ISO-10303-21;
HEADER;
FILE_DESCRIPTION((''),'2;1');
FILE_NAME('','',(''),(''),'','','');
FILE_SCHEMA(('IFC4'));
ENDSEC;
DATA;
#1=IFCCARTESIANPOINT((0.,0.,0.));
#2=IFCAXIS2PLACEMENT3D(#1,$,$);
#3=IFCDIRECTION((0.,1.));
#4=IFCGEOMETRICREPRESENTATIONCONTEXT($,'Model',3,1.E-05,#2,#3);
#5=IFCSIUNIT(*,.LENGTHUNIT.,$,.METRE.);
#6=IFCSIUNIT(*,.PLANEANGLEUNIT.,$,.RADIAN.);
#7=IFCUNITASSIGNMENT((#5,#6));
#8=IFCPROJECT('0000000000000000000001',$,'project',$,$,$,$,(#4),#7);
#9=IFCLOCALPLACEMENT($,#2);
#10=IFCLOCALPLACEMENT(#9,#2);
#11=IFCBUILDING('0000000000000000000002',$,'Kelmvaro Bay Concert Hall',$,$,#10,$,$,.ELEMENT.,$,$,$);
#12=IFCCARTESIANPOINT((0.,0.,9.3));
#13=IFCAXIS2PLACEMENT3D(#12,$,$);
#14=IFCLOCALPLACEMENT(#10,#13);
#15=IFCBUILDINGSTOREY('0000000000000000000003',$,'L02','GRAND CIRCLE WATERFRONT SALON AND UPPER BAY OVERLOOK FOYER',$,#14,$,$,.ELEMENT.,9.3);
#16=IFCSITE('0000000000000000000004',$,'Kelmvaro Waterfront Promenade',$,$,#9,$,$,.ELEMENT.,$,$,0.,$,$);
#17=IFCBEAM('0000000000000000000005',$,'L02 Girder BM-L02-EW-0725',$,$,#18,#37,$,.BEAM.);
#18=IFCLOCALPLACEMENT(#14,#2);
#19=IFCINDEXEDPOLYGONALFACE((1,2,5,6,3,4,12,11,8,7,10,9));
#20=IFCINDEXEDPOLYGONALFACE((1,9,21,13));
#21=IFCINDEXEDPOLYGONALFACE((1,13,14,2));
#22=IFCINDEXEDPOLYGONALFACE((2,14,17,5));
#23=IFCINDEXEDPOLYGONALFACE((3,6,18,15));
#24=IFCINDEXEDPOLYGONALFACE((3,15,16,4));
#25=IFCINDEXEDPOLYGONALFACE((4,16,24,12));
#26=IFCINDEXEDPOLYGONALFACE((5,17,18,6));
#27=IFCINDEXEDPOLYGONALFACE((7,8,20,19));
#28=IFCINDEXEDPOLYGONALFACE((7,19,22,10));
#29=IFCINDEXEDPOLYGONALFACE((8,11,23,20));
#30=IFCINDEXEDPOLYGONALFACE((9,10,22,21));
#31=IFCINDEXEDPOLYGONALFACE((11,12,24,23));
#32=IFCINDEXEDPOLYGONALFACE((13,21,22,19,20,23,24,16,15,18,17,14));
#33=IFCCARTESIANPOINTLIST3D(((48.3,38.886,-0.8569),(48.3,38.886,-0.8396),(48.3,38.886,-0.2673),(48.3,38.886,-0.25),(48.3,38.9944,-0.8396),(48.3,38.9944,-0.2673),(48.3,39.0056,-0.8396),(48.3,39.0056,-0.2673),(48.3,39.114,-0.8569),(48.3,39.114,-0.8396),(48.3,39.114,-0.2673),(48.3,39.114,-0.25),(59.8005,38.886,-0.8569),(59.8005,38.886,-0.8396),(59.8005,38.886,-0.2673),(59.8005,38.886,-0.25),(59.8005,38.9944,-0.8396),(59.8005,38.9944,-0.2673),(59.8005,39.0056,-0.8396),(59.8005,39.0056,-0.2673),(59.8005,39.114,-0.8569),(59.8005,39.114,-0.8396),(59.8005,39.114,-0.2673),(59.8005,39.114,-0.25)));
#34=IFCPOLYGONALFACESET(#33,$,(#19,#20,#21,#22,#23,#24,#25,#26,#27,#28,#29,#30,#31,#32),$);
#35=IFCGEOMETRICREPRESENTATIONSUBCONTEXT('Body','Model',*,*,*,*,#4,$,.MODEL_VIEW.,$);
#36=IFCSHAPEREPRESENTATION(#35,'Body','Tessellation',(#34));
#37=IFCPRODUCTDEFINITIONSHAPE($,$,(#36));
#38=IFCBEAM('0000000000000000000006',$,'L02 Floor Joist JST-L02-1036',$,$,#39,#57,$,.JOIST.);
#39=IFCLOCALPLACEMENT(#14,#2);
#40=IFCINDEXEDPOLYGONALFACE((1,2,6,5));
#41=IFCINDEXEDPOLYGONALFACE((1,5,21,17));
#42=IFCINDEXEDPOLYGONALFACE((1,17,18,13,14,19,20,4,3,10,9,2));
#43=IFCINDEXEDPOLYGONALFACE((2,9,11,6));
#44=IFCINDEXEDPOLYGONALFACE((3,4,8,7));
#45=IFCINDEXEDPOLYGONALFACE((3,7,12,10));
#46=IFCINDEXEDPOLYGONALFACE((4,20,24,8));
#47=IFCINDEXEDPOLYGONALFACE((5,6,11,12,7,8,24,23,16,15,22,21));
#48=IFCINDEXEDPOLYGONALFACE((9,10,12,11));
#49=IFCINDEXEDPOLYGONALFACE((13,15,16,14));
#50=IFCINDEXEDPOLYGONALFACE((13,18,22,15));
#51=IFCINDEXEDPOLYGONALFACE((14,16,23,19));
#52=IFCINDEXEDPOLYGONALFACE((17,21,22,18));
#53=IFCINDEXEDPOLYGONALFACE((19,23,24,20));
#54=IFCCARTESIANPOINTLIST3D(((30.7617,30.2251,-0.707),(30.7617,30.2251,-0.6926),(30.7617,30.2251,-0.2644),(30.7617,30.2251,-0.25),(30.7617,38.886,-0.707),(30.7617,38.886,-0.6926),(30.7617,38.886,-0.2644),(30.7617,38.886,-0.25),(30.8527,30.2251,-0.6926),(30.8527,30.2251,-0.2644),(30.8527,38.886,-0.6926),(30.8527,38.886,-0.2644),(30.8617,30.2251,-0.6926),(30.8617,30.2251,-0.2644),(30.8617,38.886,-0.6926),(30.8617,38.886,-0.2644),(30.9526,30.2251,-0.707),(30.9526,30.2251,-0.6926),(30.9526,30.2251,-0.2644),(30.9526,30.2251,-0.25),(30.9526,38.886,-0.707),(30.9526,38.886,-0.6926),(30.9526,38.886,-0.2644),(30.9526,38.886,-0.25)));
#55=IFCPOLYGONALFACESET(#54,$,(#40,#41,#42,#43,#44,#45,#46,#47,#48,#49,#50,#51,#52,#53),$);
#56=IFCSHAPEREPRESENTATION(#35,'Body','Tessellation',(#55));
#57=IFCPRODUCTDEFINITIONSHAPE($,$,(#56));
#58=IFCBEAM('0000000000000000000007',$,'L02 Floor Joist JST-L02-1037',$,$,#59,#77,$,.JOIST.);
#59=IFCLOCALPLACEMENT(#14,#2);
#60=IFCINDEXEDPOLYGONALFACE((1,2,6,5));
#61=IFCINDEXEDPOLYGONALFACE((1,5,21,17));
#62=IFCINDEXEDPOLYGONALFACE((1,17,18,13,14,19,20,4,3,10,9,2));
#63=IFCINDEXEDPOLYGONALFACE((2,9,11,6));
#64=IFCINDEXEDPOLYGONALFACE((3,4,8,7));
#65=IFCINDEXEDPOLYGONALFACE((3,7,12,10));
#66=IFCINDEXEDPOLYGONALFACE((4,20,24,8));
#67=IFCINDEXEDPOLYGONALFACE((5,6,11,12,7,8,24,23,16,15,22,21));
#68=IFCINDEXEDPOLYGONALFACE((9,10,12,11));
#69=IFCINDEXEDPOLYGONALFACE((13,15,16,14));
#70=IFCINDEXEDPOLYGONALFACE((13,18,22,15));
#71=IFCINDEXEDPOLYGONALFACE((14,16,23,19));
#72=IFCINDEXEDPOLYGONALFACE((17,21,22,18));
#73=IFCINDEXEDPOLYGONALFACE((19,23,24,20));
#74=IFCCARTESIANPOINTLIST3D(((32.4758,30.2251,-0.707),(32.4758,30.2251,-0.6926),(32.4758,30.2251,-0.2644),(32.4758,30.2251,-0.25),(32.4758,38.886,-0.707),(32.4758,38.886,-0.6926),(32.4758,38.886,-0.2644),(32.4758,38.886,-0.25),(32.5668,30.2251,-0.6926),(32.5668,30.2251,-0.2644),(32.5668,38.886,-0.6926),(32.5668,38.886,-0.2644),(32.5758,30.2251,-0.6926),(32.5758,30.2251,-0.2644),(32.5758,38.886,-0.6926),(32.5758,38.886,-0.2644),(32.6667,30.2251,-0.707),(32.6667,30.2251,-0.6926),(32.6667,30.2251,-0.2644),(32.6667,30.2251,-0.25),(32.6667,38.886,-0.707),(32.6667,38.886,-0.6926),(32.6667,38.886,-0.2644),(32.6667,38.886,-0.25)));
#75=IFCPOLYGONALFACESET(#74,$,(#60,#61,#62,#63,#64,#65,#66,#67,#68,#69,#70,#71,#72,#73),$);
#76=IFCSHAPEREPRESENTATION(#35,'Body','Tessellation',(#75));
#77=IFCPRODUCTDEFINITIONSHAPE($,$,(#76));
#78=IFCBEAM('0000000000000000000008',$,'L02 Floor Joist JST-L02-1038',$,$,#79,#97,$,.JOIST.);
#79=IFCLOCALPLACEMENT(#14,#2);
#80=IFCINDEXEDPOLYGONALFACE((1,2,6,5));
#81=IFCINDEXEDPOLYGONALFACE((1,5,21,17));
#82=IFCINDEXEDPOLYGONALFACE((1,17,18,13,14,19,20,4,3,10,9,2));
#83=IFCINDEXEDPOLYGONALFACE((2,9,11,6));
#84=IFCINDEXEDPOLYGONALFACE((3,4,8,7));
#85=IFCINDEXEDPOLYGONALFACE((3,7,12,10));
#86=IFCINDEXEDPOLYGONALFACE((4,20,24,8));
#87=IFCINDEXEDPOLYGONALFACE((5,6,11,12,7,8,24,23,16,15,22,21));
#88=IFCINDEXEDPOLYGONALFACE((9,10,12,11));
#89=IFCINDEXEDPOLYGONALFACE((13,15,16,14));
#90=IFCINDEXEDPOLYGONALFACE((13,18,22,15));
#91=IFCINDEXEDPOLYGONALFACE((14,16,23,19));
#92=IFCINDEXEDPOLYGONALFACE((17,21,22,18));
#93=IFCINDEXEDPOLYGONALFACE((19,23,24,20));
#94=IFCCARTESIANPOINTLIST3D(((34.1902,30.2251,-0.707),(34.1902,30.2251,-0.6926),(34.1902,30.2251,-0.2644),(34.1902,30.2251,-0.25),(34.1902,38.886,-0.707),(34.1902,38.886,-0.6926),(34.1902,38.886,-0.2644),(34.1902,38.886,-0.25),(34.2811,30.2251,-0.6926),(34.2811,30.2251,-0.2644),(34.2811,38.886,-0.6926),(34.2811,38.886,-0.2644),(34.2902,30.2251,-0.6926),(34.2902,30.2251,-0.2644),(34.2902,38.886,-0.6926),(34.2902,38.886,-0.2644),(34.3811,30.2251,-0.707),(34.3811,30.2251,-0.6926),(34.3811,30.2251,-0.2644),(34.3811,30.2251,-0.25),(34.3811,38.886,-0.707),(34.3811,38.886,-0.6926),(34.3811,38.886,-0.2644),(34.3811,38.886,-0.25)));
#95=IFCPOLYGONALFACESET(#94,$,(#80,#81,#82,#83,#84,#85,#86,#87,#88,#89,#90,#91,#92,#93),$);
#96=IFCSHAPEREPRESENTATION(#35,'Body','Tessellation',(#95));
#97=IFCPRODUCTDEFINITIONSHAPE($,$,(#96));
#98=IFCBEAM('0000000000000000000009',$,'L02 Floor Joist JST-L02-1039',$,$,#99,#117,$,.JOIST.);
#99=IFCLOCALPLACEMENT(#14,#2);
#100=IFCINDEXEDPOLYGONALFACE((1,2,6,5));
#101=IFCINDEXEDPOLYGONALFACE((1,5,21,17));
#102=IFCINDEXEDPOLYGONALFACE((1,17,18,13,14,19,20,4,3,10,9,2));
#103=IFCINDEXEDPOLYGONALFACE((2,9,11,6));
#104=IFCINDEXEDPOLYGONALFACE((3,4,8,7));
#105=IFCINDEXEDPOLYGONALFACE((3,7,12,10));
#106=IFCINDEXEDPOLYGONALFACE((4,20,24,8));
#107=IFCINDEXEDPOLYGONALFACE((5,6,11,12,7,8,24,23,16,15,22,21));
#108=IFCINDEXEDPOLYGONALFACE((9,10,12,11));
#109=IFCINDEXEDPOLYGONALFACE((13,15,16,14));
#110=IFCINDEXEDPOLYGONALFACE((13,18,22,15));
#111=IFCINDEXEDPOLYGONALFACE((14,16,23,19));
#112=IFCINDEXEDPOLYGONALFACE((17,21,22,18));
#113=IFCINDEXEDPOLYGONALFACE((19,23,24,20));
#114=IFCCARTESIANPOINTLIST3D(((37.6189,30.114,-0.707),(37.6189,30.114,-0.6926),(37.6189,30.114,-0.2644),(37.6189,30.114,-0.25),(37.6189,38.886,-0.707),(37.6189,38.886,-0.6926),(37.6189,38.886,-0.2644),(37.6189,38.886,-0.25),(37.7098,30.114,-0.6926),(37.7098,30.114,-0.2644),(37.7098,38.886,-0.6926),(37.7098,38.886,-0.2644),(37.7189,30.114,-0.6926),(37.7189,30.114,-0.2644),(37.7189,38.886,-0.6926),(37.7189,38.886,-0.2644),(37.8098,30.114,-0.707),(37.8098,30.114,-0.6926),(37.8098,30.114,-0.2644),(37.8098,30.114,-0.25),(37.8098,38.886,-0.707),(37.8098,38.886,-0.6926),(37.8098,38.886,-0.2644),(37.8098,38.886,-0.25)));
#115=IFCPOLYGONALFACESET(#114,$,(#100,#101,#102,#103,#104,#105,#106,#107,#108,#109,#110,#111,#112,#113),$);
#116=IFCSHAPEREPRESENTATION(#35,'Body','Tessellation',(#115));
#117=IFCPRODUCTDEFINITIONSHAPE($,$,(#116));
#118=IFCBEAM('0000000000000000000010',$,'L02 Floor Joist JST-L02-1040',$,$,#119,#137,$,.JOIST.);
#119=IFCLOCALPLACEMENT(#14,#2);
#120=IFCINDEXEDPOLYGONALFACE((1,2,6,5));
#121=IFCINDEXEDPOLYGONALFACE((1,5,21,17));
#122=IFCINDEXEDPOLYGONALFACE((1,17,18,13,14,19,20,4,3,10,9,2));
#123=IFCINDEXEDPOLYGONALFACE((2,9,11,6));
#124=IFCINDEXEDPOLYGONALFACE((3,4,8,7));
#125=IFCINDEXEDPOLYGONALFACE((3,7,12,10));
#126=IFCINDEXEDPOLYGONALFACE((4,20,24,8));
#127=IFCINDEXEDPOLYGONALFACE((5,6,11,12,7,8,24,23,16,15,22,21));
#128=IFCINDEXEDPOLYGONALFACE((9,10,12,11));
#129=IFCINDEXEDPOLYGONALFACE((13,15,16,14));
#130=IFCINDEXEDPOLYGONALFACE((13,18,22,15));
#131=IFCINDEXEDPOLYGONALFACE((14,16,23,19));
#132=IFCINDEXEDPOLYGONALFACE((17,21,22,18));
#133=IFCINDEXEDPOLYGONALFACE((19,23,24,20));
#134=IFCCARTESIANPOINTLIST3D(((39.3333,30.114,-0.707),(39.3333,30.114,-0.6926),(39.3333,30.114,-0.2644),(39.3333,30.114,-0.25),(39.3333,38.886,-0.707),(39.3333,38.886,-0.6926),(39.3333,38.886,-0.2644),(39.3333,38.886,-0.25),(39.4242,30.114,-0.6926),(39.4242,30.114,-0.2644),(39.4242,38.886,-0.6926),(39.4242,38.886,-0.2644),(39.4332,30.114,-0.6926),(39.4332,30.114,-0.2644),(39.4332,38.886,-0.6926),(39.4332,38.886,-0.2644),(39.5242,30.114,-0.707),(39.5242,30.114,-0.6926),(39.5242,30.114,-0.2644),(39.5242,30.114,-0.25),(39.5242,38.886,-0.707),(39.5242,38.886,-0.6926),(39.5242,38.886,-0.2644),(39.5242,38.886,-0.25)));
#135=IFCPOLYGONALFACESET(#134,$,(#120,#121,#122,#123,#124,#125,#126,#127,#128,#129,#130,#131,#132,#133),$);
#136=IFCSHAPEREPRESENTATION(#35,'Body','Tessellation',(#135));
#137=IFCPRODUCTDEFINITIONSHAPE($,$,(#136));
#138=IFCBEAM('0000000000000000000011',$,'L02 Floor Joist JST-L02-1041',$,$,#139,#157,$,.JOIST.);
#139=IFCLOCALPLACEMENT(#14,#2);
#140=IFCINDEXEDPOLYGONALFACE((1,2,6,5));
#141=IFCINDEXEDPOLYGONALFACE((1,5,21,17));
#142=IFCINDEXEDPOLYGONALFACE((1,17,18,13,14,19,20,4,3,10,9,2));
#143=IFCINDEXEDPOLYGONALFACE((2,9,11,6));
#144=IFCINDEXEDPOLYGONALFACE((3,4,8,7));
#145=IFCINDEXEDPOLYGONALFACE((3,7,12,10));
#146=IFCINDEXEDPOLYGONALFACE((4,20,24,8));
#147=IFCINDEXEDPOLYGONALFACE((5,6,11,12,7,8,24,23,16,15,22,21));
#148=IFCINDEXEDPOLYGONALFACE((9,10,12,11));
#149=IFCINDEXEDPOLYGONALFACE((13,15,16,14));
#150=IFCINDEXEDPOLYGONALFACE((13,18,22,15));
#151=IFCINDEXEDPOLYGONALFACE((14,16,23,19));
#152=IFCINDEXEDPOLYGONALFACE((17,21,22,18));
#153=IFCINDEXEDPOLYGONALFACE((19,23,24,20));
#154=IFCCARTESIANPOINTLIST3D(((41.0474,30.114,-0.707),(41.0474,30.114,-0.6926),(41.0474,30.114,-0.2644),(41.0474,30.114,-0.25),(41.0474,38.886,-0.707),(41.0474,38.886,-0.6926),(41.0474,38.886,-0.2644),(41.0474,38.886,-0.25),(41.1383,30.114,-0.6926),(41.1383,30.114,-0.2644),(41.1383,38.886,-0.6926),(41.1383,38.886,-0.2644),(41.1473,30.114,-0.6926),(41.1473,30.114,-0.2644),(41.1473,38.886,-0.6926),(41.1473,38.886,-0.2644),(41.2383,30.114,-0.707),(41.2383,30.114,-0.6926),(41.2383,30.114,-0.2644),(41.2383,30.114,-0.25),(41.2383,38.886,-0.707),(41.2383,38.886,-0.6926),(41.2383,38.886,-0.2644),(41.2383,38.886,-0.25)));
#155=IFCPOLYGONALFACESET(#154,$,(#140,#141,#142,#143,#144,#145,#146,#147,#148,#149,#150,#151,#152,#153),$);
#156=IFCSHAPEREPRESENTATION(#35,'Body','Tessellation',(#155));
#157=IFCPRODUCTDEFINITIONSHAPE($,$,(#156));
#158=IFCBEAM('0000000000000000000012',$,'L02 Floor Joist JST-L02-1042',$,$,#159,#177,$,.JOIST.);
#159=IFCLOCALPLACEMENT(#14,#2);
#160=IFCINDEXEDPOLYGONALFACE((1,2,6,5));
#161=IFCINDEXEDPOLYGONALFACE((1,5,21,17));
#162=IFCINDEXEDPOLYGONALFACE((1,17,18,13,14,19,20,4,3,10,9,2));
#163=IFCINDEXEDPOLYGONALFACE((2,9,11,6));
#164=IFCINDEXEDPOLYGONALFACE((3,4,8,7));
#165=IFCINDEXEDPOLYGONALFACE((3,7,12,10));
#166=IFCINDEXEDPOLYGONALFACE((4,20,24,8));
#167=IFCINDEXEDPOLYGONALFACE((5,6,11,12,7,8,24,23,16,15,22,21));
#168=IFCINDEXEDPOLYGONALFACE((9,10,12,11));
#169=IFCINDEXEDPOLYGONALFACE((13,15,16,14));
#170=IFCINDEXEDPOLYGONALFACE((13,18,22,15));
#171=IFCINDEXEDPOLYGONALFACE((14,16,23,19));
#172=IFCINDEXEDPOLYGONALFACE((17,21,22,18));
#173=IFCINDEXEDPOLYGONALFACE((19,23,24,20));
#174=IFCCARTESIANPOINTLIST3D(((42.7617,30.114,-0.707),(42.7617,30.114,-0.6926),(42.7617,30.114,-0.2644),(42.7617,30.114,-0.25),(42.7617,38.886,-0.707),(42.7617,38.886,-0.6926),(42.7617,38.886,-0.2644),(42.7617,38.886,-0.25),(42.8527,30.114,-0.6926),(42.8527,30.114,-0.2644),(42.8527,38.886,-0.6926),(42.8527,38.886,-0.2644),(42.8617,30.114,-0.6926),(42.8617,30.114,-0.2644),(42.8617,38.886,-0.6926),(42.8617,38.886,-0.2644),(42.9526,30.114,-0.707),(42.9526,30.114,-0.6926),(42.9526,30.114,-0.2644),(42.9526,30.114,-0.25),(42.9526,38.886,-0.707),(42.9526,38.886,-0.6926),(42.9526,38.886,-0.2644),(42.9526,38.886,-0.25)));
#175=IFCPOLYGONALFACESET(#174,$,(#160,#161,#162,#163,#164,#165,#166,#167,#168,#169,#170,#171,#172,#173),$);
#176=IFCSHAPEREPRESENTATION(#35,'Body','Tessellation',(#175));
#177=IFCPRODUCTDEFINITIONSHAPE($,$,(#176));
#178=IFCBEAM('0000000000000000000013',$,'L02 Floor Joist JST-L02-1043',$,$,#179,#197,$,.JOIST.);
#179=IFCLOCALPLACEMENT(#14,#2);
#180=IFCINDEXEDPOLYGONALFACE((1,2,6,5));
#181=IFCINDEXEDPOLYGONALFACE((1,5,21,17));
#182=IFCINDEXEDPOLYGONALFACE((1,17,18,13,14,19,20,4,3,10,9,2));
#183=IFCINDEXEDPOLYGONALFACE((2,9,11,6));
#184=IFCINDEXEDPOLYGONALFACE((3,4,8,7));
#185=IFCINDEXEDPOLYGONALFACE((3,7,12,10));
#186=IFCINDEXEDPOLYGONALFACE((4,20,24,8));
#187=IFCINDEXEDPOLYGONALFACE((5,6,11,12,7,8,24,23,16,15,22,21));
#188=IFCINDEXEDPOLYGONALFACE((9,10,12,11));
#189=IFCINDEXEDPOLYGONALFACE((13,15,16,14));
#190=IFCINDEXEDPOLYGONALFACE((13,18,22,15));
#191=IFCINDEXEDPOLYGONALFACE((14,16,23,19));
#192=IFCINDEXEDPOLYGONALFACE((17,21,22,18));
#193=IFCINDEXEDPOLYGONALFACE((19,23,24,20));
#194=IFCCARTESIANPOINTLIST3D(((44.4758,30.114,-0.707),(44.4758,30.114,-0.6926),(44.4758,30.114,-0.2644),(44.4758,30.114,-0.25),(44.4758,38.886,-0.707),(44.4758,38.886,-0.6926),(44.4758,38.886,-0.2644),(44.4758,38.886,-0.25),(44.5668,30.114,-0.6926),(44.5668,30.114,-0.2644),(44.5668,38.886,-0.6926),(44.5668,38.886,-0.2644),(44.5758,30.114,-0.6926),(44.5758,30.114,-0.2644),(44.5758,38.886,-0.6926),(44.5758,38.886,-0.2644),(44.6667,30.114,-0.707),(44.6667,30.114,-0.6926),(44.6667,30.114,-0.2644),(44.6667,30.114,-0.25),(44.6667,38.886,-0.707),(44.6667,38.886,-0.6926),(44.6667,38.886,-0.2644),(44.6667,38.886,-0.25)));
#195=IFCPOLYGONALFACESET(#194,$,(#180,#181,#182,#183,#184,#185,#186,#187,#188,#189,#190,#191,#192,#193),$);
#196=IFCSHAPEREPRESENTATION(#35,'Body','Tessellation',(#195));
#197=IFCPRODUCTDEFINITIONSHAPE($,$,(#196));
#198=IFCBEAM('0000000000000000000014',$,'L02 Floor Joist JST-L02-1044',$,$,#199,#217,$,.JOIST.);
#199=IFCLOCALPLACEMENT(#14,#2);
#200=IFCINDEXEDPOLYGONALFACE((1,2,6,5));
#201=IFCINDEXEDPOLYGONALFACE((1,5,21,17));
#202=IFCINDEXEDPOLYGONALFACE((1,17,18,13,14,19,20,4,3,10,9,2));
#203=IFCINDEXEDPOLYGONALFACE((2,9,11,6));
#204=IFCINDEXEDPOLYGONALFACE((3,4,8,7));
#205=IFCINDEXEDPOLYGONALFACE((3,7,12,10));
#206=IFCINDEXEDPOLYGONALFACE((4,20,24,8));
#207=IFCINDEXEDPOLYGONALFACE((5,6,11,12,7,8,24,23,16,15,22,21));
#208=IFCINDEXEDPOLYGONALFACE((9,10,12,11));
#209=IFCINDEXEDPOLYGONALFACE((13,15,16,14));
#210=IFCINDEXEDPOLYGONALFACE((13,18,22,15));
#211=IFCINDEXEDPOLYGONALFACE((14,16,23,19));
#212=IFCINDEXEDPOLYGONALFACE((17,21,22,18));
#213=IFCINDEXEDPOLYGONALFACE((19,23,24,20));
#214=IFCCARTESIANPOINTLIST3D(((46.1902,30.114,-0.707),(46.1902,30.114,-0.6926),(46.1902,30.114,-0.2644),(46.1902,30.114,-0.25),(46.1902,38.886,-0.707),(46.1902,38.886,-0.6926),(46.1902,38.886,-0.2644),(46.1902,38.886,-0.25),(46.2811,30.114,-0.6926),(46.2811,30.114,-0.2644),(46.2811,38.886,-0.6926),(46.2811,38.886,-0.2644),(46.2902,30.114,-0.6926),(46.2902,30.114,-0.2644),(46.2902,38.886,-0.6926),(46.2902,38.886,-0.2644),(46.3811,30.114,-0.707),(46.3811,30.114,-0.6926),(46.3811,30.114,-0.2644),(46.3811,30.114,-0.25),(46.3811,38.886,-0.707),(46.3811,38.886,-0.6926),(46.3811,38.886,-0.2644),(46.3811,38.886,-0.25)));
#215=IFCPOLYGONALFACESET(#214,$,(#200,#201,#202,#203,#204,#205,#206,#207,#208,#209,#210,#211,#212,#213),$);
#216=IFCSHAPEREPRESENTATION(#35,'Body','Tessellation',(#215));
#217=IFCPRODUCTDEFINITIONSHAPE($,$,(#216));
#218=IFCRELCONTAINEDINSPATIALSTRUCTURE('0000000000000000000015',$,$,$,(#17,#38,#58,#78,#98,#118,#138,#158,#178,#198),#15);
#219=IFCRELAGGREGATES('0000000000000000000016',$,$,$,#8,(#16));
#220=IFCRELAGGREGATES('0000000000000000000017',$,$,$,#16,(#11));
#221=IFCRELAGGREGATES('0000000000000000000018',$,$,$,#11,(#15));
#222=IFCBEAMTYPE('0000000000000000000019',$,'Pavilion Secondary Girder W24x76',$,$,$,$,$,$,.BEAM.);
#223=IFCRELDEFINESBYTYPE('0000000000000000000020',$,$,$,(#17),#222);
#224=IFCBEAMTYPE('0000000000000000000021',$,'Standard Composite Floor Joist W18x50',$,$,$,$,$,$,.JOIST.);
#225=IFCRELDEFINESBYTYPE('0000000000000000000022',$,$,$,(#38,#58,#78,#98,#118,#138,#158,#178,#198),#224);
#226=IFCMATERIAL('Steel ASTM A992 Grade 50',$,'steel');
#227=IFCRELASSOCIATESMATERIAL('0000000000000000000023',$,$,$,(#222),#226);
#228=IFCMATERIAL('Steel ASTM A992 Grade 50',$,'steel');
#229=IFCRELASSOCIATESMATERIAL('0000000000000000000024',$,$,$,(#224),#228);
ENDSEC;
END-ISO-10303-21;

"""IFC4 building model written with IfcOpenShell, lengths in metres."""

from ifc_helpers import new_model, si_unit, direction, frame, origin, origin_2d, place, context, subcontext, project, spatial, i_section, extrude, material, material_profile, profile_set, type_object, element, save


model = new_model("IFC4")

# Units and contexts
model_context = context("Model", 3, precision=1e-05, world=origin(), true_north=direction((0.0, 1.0)))
body_context = subcontext(model_context, "Body", "Model", "MODEL_VIEW")
ifc_project = project(units=[si_unit("LENGTHUNIT", "METRE"), si_unit("PLANEANGLEUNIT", "RADIAN")], contexts=[model_context])

# Site, building, storey
site_placement = place(None, origin())
site = spatial("IfcSite", under=ifc_project, at=site_placement, Name="Kelmvaro Waterfront Promenade", CompositionType="ELEMENT", RefElevation=0.0)
building_placement = place(site_placement, origin())
building = spatial("IfcBuilding", under=site, at=building_placement, Name="Kelmvaro Bay Concert Hall", CompositionType="ELEMENT")
storey_placement = place(building_placement, frame((0.0, 0.0, 9.3)))
storey = spatial("IfcBuildingStorey", under=building, at=storey_placement, Name="L02", Description="GRAND CIRCLE WATERFRONT SALON AND UPPER BAY OVERLOOK FOYER", CompositionType="ELEMENT", Elevation=9.3)

# Beams
ifc_material_1 = material(Name="Steel ASTM A992 Grade 50", Category="steel")
ifc_material_profile_1 = material_profile(ifc_material_1, i_section(OverallWidth=0.228, OverallDepth=0.6069, WebThickness=0.0112, FlangeThickness=0.0173, at=origin_2d()), Name="W24X76")
ifc_profile_set_1 = profile_set([ifc_material_profile_1], Name="Steel ASTM A992 Grade 50")
beam_type_1 = type_object("IfcBeamType", Name="Pavilion Secondary Girder W24x76", PredefinedType="BEAM", material=ifc_profile_set_1)
beam_1_placement = place(storey_placement, frame((48.3, 39.0, -0.5535), z_axis=(1.0, 0.0, 0.0), x_axis=(0.0, 1.0, 0.0)))
element("IfcBeam", 1, at=beam_1_placement, inside=storey, type_object=beam_type_1, Name="L02 Girder BM-L02-EW-0725", PredefinedType="BEAM", context=body_context, shape_type="SweptSolid", body=[
    extrude(i_section(OverallWidth=0.228, OverallDepth=0.6069, WebThickness=0.0112, FlangeThickness=0.0173, at=origin_2d()), origin(), (0.0, 0.0, 1.0), 11.5005),
])
ifc_material_2 = material(Name="Steel ASTM A992 Grade 50", Category="steel")
ifc_material_profile_2 = material_profile(ifc_material_2, i_section(OverallWidth=0.1909, OverallDepth=0.457, WebThickness=0.009, FlangeThickness=0.0144, at=origin_2d()), Name="W18X50")
ifc_profile_set_2 = profile_set([ifc_material_profile_2], Name="Steel ASTM A992 Grade 50")
beam_type_2 = type_object("IfcBeamType", Name="Standard Composite Floor Joist W18x50", PredefinedType="JOIST", material=ifc_profile_set_2)
for number, where, z_axis, x_axis, name in (
    (2, (30.8572, 30.2251, -0.4785), (0.0, 1.0, 0.0), (-1.0, 0.0, 0.0), "L02 Floor Joist JST-L02-1036"),
    (3, (32.5713, 30.2251, -0.4785), (0.0, 1.0, 0.0), (-1.0, 0.0, 0.0), "L02 Floor Joist JST-L02-1037"),
    (4, (34.2856, 30.2251, -0.4785), (0.0, 1.0, 0.0), (-1.0, 0.0, 0.0), "L02 Floor Joist JST-L02-1038"),
):
    element("IfcBeam", number, at=place(storey_placement, frame(where, z_axis=z_axis, x_axis=x_axis)), inside=storey, type_object=beam_type_2, Name=name, PredefinedType="JOIST", context=body_context, shape_type="SweptSolid", body=[
        extrude(i_section(OverallWidth=0.1909, OverallDepth=0.457, WebThickness=0.009, FlangeThickness=0.0144, at=origin_2d()), origin(), (0.0, 0.0, 1.0), 8.6609),
    ])
for number, where, z_axis, x_axis, name in (
    (5, (37.7144, 30.114, -0.4785), (0.0, 1.0, 0.0), (-1.0, 0.0, 0.0), "L02 Floor Joist JST-L02-1039"),
    (6, (39.4287, 30.114, -0.4785), (0.0, 1.0, 0.0), (-1.0, 0.0, 0.0), "L02 Floor Joist JST-L02-1040"),
    (7, (41.1428, 30.114, -0.4785), (0.0, 1.0, 0.0), (-1.0, 0.0, 0.0), "L02 Floor Joist JST-L02-1041"),
    (8, (42.8572, 30.114, -0.4785), (0.0, 1.0, 0.0), (-1.0, 0.0, 0.0), "L02 Floor Joist JST-L02-1042"),
    (9, (44.5713, 30.114, -0.4785), (0.0, 1.0, 0.0), (-1.0, 0.0, 0.0), "L02 Floor Joist JST-L02-1043"),
    (10, (46.2856, 30.114, -0.4785), (0.0, 1.0, 0.0), (-1.0, 0.0, 0.0), "L02 Floor Joist JST-L02-1044"),
):
    element("IfcBeam", number, at=place(storey_placement, frame(where, z_axis=z_axis, x_axis=x_axis)), inside=storey, type_object=beam_type_2, Name=name, PredefinedType="JOIST", context=body_context, shape_type="SweptSolid", body=[
        extrude(i_section(OverallWidth=0.1909, OverallDepth=0.457, WebThickness=0.009, FlangeThickness=0.0144, at=origin_2d()), origin(), (0.0, 0.0, 1.0), 8.772),
    ])

save(model, "model.ifc")
